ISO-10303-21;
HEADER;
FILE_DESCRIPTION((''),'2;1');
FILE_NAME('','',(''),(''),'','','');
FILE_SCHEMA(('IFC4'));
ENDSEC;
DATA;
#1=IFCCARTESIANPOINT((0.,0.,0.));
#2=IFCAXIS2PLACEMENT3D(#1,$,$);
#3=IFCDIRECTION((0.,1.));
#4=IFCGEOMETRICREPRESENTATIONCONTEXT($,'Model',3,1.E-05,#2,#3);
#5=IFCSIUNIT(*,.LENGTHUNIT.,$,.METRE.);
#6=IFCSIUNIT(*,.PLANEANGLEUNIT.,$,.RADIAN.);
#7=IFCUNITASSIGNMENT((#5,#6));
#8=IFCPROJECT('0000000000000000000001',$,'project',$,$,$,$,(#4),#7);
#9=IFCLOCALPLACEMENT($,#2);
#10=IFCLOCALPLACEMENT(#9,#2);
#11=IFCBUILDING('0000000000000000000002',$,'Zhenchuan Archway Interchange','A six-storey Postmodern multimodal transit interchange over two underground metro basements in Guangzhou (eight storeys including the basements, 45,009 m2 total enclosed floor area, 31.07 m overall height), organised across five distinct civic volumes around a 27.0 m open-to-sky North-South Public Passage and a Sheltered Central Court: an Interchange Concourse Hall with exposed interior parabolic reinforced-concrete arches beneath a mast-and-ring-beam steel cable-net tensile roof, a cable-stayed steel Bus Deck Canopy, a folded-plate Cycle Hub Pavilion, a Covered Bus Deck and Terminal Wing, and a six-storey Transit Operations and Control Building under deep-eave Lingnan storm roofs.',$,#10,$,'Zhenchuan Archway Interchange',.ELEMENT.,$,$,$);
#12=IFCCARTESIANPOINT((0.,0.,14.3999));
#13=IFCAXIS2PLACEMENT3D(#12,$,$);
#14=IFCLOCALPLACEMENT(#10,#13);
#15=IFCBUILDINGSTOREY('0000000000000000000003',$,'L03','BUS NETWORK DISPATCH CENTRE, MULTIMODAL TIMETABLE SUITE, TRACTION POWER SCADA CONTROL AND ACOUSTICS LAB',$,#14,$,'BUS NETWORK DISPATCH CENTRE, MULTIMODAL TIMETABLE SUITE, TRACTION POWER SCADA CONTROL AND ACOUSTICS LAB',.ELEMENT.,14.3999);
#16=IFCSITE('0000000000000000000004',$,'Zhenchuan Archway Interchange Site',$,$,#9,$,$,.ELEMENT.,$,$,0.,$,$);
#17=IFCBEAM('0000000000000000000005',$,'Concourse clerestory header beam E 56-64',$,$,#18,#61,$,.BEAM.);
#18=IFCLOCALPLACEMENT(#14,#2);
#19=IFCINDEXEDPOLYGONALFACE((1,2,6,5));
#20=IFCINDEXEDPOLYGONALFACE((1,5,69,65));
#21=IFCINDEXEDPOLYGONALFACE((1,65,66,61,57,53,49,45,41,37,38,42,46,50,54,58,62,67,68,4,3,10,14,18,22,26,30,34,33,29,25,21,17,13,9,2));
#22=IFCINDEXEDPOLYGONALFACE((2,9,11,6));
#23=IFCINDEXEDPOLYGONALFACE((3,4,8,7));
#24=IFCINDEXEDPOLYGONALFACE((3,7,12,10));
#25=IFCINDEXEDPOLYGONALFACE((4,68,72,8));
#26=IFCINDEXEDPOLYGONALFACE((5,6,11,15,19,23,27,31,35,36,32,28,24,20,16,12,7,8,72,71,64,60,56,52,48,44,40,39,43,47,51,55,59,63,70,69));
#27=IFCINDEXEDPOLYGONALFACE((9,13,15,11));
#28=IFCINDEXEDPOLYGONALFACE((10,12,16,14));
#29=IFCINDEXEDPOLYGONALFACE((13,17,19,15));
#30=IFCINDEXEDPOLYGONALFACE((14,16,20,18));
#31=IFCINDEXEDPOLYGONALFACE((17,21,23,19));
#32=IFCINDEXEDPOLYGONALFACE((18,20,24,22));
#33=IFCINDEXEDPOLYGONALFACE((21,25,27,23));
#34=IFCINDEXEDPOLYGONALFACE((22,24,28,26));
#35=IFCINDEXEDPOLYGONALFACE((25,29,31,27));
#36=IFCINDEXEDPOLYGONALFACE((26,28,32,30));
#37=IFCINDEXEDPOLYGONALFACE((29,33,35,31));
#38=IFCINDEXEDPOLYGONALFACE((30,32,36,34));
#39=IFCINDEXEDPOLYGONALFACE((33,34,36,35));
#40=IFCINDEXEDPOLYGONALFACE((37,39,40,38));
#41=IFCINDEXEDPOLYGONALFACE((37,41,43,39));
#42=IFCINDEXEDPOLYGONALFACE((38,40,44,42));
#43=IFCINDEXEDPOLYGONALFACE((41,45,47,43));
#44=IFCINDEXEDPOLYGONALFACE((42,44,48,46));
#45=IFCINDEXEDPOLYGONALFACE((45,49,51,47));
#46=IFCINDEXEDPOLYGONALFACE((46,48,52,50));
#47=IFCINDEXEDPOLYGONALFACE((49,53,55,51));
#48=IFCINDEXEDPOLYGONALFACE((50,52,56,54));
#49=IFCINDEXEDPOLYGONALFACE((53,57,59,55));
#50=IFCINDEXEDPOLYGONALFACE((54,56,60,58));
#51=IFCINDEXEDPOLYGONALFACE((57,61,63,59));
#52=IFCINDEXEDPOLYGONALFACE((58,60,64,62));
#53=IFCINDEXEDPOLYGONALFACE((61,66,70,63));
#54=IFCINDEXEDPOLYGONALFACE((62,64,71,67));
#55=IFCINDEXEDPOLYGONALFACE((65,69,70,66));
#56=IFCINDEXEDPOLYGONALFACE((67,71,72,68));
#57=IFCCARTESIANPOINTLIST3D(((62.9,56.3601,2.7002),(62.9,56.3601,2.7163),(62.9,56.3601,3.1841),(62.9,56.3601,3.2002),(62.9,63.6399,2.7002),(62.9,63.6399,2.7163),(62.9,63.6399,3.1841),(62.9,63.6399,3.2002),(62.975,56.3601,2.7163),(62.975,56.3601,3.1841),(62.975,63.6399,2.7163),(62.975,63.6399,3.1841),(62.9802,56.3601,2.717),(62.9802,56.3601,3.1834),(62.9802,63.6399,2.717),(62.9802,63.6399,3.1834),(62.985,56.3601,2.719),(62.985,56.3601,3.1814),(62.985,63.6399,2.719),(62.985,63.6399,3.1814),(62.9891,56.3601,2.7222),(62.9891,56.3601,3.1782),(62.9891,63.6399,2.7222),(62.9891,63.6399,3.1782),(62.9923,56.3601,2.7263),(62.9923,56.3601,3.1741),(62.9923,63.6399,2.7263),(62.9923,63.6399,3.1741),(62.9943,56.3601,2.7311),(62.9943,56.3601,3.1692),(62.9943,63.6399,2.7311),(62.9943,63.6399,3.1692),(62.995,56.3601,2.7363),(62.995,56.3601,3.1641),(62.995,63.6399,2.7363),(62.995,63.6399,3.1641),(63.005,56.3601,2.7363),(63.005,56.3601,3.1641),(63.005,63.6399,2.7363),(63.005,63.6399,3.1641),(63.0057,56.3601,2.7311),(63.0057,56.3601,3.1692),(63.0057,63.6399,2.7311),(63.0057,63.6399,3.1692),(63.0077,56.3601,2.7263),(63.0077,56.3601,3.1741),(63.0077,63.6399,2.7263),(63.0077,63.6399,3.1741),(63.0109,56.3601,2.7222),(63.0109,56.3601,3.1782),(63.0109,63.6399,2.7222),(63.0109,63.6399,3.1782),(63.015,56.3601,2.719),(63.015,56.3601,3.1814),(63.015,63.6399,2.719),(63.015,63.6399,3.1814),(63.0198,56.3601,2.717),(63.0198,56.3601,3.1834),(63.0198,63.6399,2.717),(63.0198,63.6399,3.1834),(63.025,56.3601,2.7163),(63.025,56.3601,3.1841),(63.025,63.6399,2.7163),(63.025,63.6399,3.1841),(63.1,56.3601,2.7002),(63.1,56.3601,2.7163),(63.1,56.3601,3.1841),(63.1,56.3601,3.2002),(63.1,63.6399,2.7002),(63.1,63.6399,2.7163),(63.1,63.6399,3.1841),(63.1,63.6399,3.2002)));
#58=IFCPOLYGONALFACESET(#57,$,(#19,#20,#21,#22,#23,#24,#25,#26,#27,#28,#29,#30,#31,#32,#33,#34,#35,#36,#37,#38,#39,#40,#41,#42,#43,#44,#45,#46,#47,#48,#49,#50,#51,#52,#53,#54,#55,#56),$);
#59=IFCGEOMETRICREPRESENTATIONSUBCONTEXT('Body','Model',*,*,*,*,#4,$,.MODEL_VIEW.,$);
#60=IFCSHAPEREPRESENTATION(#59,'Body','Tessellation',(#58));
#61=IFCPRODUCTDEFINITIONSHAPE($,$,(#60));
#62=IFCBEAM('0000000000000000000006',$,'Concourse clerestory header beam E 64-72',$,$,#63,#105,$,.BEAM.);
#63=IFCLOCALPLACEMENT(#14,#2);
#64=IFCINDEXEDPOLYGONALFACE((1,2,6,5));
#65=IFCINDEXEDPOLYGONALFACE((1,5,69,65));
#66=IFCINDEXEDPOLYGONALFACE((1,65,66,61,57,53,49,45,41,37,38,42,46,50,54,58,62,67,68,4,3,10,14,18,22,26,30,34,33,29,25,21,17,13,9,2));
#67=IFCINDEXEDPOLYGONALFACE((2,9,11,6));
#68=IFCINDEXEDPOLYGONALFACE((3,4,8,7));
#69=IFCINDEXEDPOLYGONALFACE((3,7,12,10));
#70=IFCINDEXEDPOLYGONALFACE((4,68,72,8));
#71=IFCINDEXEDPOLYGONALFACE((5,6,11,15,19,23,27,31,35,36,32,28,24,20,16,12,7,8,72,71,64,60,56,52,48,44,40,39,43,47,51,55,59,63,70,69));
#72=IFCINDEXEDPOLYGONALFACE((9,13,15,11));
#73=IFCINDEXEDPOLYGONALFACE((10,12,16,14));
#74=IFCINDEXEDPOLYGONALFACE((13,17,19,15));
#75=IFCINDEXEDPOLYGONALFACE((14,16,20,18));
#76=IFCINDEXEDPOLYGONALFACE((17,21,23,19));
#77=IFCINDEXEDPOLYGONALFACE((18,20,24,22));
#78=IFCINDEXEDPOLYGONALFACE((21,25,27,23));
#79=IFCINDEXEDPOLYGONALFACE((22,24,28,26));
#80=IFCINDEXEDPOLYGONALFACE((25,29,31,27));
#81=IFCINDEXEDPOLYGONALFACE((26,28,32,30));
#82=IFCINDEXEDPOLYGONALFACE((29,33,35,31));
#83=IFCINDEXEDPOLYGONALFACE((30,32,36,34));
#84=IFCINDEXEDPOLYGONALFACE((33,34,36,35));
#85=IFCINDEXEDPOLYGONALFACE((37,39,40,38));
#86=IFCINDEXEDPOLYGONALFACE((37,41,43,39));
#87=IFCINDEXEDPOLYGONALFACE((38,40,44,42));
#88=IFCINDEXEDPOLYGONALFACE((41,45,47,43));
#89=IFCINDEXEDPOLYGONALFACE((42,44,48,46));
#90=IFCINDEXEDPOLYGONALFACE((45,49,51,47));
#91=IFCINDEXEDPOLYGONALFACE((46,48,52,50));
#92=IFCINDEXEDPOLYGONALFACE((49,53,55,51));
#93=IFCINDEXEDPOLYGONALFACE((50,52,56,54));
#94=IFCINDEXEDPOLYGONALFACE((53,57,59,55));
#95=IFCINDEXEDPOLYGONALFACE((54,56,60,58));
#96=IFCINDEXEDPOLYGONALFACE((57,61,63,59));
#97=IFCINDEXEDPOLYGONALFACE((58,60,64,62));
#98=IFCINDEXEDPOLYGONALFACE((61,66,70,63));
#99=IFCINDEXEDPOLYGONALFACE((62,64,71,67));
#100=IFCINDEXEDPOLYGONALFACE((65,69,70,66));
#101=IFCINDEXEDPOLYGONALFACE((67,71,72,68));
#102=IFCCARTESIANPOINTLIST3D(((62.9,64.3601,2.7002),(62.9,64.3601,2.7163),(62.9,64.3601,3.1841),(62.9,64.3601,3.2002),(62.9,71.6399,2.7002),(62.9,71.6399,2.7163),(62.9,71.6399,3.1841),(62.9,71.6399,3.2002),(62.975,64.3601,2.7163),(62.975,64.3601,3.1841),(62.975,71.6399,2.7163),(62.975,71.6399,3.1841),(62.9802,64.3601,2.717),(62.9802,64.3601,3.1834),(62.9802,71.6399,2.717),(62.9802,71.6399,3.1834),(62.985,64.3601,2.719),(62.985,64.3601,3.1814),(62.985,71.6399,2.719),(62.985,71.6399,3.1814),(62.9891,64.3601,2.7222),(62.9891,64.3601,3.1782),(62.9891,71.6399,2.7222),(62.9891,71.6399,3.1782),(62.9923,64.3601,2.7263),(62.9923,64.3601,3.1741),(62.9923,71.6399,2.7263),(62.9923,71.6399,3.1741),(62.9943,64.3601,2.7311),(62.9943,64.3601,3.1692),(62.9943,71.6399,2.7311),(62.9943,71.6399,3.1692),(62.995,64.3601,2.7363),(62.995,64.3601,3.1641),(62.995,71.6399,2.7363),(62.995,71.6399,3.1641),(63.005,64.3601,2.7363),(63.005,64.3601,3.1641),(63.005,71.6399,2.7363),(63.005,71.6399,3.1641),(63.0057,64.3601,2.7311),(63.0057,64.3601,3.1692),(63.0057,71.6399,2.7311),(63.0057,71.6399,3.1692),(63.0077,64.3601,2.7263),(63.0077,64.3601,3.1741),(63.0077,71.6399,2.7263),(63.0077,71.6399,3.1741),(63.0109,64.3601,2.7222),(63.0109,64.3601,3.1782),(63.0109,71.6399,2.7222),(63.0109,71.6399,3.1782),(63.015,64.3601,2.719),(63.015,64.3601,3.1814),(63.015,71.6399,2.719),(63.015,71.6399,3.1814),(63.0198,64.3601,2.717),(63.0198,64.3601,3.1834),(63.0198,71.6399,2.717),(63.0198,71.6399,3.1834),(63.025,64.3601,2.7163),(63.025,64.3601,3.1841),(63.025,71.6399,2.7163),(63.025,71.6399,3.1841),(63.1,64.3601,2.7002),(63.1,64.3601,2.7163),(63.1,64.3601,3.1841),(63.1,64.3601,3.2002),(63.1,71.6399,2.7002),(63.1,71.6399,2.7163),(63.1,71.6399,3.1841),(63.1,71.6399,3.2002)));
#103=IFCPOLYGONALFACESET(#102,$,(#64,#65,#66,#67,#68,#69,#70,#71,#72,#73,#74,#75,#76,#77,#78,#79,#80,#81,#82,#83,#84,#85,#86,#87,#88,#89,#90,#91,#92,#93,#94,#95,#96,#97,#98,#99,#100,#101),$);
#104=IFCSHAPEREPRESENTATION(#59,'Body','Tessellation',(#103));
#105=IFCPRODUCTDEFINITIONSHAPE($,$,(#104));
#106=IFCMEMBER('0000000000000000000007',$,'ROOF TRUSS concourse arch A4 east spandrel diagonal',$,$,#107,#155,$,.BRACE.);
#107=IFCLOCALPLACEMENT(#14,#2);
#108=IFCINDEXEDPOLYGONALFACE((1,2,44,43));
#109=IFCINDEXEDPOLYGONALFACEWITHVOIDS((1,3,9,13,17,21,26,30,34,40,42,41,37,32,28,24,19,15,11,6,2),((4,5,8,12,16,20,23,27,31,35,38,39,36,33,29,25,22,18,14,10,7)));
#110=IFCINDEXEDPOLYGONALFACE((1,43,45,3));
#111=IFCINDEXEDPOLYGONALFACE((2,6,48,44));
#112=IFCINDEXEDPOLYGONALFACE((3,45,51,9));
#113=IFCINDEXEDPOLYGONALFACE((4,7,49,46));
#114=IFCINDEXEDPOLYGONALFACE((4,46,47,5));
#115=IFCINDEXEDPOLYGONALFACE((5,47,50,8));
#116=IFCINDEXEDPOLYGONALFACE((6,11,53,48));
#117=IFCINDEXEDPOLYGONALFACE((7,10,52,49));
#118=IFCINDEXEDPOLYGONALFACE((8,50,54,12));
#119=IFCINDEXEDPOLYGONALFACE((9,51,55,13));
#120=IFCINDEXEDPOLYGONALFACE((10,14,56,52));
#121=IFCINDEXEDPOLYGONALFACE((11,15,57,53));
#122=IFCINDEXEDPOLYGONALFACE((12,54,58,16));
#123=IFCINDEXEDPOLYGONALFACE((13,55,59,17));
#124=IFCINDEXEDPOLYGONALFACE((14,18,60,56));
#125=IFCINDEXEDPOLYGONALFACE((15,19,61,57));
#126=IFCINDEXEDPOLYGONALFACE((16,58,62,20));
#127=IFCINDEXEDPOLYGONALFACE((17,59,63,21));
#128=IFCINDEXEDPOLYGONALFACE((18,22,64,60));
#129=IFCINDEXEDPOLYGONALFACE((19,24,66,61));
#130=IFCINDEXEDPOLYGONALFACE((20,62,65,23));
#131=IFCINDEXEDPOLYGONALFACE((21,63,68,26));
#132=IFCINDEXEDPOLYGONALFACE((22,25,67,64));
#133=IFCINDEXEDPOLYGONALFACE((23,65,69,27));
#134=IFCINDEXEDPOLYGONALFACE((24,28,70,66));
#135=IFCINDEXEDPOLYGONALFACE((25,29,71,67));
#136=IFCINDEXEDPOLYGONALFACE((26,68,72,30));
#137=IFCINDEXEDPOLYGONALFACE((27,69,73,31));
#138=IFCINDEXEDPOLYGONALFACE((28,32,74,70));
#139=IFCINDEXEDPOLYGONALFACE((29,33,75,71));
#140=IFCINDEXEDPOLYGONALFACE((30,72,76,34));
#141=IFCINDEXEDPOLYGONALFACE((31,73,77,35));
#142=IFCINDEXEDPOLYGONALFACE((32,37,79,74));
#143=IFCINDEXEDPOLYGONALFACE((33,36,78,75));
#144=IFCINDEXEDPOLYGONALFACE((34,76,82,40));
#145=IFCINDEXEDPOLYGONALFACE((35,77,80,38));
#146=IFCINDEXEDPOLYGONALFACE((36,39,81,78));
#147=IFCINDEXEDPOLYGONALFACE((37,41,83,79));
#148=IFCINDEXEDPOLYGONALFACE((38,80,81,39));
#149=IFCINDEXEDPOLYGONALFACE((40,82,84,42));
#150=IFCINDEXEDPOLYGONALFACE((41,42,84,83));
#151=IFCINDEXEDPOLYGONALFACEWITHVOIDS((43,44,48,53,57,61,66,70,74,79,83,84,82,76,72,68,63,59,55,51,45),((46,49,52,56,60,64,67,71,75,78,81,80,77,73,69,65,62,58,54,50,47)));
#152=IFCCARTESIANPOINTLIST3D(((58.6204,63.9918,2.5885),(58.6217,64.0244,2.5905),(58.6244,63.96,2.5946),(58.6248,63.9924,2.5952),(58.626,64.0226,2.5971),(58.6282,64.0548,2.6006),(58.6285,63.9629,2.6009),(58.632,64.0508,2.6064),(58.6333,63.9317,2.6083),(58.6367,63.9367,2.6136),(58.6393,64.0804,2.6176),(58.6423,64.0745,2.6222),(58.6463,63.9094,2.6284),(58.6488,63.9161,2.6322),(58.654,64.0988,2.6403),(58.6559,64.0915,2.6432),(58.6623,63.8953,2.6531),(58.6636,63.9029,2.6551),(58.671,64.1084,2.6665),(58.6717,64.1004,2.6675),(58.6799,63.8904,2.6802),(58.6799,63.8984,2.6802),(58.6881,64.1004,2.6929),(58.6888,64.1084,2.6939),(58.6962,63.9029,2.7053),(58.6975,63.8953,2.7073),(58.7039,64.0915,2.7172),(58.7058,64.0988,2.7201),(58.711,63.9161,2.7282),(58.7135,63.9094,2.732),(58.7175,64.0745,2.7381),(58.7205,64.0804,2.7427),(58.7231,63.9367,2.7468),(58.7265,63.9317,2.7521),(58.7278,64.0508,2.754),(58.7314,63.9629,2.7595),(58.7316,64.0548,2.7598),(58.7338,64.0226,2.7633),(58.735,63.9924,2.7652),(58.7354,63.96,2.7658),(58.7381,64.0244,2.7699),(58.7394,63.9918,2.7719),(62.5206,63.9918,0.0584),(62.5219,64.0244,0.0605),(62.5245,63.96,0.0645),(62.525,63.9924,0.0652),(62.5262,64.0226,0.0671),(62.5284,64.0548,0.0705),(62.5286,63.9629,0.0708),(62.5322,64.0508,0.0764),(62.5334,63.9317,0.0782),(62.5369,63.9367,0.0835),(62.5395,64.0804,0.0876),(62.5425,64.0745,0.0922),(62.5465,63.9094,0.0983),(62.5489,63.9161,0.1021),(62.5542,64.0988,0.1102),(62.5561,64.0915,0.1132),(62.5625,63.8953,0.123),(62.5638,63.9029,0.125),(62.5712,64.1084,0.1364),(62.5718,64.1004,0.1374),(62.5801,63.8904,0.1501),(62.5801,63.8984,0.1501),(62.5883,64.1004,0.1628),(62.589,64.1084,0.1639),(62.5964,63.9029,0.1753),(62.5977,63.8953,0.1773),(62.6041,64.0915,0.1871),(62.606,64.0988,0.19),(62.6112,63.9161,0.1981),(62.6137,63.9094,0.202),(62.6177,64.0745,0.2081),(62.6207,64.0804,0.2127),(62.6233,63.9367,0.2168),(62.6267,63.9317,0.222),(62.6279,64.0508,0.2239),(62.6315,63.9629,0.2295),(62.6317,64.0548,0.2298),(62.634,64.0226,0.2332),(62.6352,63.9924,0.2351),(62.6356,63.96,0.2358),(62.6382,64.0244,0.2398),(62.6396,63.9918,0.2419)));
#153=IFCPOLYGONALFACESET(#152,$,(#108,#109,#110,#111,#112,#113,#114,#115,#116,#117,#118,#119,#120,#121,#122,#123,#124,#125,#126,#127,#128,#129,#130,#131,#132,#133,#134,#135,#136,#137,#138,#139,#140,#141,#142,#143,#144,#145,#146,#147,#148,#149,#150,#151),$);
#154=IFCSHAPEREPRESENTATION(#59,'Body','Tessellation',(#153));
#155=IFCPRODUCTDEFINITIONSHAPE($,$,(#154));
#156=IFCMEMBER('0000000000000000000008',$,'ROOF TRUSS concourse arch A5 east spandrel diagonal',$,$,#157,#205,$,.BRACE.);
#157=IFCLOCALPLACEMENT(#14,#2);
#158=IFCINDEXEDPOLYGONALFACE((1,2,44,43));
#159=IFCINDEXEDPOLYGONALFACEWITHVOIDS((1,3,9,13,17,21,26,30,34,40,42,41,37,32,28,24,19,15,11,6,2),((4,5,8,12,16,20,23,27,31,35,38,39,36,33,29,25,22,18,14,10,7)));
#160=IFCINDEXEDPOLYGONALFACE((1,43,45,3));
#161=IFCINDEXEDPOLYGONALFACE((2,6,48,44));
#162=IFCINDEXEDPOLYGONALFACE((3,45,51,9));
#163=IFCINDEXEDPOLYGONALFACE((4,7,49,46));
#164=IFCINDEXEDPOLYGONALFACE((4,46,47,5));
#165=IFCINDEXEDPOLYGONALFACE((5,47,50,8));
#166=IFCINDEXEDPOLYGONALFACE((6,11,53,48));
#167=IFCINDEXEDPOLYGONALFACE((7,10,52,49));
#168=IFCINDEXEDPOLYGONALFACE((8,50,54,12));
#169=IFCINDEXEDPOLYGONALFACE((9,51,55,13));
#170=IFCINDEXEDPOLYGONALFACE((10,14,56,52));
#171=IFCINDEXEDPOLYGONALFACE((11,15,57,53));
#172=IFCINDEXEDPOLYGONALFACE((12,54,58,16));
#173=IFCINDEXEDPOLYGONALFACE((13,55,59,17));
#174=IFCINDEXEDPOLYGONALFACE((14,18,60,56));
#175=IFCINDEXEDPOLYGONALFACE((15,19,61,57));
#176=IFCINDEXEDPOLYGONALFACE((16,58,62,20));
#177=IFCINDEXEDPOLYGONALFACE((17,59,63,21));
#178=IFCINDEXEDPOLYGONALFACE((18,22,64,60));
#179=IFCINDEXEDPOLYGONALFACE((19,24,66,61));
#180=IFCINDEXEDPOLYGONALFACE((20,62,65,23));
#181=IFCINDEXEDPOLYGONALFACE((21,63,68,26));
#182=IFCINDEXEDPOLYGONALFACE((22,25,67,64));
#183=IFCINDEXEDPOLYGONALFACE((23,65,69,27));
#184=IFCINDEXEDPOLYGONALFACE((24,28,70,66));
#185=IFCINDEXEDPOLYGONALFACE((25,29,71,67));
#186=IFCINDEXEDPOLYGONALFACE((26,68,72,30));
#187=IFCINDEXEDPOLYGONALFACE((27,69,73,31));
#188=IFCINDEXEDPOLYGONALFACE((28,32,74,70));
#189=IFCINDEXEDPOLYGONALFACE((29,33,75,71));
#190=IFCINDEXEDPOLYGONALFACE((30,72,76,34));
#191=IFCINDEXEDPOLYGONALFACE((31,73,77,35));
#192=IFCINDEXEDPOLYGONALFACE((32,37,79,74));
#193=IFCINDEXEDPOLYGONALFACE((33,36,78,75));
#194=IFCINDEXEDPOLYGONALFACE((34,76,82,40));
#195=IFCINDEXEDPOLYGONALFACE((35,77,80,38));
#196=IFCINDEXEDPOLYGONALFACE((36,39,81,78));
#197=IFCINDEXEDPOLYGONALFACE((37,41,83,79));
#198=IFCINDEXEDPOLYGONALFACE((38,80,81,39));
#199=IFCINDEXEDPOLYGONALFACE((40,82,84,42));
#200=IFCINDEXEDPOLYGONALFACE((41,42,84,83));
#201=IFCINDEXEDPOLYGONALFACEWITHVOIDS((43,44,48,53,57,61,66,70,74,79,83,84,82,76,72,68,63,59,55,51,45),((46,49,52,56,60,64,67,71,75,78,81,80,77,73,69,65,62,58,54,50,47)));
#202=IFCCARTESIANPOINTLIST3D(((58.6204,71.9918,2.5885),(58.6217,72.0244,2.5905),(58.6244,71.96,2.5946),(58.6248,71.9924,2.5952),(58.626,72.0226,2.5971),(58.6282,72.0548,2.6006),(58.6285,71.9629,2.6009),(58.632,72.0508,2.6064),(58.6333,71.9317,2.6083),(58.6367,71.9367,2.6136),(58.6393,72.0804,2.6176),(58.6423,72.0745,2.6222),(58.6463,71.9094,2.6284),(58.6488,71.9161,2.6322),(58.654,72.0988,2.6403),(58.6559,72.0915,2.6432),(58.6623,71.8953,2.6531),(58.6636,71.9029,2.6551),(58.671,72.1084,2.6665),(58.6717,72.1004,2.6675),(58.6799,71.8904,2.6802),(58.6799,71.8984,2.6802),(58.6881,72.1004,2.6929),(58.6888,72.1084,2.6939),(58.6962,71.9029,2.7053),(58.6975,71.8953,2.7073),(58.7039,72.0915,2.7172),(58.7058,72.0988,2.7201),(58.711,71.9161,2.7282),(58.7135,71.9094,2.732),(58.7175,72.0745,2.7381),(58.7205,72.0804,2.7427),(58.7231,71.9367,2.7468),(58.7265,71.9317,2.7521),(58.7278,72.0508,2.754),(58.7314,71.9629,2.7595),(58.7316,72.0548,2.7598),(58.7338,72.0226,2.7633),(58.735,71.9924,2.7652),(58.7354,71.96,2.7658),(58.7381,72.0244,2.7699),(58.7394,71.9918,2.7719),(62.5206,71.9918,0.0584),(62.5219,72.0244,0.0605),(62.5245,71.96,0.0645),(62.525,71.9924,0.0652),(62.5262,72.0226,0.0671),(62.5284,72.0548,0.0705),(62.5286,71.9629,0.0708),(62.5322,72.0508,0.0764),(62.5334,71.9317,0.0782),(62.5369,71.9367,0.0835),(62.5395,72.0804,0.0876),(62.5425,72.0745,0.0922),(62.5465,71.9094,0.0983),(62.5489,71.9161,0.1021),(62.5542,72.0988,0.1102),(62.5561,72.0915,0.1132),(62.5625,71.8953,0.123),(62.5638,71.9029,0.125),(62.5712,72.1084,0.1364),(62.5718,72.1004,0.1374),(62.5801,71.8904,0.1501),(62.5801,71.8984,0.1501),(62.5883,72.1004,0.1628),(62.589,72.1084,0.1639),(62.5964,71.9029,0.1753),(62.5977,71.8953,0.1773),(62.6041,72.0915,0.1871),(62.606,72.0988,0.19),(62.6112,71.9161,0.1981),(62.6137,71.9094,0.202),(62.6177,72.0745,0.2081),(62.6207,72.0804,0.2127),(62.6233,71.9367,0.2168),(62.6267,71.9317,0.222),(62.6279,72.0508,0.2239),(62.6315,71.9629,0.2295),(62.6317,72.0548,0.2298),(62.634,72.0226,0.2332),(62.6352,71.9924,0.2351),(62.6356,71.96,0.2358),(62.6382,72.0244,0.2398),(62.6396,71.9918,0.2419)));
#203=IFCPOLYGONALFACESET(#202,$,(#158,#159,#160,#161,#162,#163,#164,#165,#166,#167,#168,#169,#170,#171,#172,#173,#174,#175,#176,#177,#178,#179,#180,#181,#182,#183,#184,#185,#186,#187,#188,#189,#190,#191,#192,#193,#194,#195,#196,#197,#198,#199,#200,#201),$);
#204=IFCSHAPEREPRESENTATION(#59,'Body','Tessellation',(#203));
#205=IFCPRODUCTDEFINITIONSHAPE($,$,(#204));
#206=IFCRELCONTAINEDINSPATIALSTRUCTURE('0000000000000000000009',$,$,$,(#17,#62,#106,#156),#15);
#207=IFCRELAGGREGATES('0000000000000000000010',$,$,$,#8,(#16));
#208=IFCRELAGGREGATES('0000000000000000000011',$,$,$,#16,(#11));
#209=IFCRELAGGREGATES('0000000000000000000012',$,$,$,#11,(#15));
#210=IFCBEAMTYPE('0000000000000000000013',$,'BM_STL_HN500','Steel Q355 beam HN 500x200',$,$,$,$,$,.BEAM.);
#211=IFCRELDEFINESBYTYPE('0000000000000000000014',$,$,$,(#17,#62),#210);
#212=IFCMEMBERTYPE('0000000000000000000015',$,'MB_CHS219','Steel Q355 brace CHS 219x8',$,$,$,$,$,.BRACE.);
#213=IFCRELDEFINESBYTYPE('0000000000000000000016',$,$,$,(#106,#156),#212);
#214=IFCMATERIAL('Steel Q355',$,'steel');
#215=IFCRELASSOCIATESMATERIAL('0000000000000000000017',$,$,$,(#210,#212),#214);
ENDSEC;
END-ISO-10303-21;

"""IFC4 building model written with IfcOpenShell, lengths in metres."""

from ifc_helpers import new_model, si_unit, direction, frame, origin, origin_2d, place, context, subcontext, project, spatial, hollow_circle, i_section, extrude, material, material_profile, profile_set, type_object, element, save


model = new_model("IFC4")

# Units and contexts
model_context = context("Model", 3, precision=1e-05, world=origin(), true_north=direction((0.0, 1.0)))
body_context = subcontext(model_context, "Body", "Model", "MODEL_VIEW")
ifc_project = project(units=[si_unit("LENGTHUNIT", "METRE"), si_unit("PLANEANGLEUNIT", "RADIAN")], contexts=[model_context])

# Site, building, storey
site_placement = place(None, origin())
site = spatial("IfcSite", under=ifc_project, at=site_placement, Name="Zhenchuan Archway Interchange Site", CompositionType="ELEMENT", RefElevation=0.0)
building_placement = place(site_placement, origin())
building = spatial("IfcBuilding", under=site, at=building_placement, Name="Zhenchuan Archway Interchange", Description="A six-storey Postmodern multimodal transit interchange over two underground metro basements in Guangzhou (eight storeys including the basements, 45,009 m2 total enclosed floor area, 31.07 m overall height), organised across five distinct civic volumes around a 27.0 m open-to-sky North-South Public Passage and a Sheltered Central Court: an Interchange Concourse Hall with exposed interior parabolic reinforced-concrete arches beneath a mast-and-ring-beam steel cable-net tensile roof, a cable-stayed steel Bus Deck Canopy, a folded-plate Cycle Hub Pavilion, a Covered Bus Deck and Terminal Wing, and a six-storey Transit Operations and Control Building under deep-eave Lingnan storm roofs.", LongName="Zhenchuan Archway Interchange", CompositionType="ELEMENT")
storey_placement = place(building_placement, frame((0.0, 0.0, 14.3999)))
storey = spatial("IfcBuildingStorey", under=building, at=storey_placement, Name="L03", Description="BUS NETWORK DISPATCH CENTRE, MULTIMODAL TIMETABLE SUITE, TRACTION POWER SCADA CONTROL AND ACOUSTICS LAB", LongName="BUS NETWORK DISPATCH CENTRE, MULTIMODAL TIMETABLE SUITE, TRACTION POWER SCADA CONTROL AND ACOUSTICS LAB", CompositionType="ELEMENT", Elevation=14.3999)

# Beams
ifc_material_1 = material(Name="Steel Q355", Category="steel")
ifc_material_profile_1 = material_profile(ifc_material_1, i_section(OverallWidth=0.2, OverallDepth=0.5, WebThickness=0.01, FlangeThickness=0.0161, FilletRadius=0.02, at=origin_2d()), Name="HN 500x200")
ifc_profile_set_1 = profile_set([ifc_material_profile_1], Name="Steel Q355")
beam_type_1 = type_object("IfcBeamType", Name="BM_STL_HN500", Description="Steel Q355 beam HN 500x200", PredefinedType="BEAM", material=ifc_profile_set_1)
for number, where, z_axis, x_axis, name in (
    (1, (63.0, 56.3601, 2.9502), (0.0, 1.0, 0.0), (-1.0, 0.0, 0.0), "Concourse clerestory header beam E 56-64"),
    (2, (63.0, 64.3601, 2.9502), (0.0, 1.0, 0.0), (-1.0, 0.0, 0.0), "Concourse clerestory header beam E 64-72"),
):
    element("IfcBeam", number, at=place(storey_placement, frame(where, z_axis=z_axis, x_axis=x_axis)), inside=storey, type_object=beam_type_1, Name=name, PredefinedType="BEAM", context=body_context, shape_type="SweptSolid", body=[
        extrude(i_section(OverallWidth=0.2, OverallDepth=0.5, WebThickness=0.01, FlangeThickness=0.0161, FilletRadius=0.02, at=origin_2d()), origin(), (0.0, 0.0, 1.0), 7.2798),
    ])

# Members
ifc_material_profile_2 = material_profile(ifc_material_1, hollow_circle(Radius=0.1096, WallThickness=0.0081, at=origin_2d()), Name="CHS 219x8")
ifc_profile_set_2 = profile_set([ifc_material_profile_2], Name="Steel Q355")
member_type_1 = type_object("IfcMemberType", Name="MB_CHS219", Description="Steel Q355 brace CHS 219x8", PredefinedType="BRACE", material=ifc_profile_set_2)
for number, where, z_axis, x_axis, name in (
    (3, (62.5801, 64.0, 0.1501), (-0.838941, 0.0, 0.544222), (0.0, -1.0, 0.0), "ROOF TRUSS concourse arch A4 east spandrel diagonal"),
    (4, (62.5801, 72.0, 0.1501), (-0.838941, 0.0, 0.544222), (0.0, -1.0, 0.0), "ROOF TRUSS concourse arch A5 east spandrel diagonal"),
):
    element("IfcMember", number, at=place(storey_placement, frame(where, z_axis=z_axis, x_axis=x_axis)), inside=storey, type_object=member_type_1, Name=name, PredefinedType="BRACE", context=body_context, shape_type="SweptSolid", body=[
        extrude(hollow_circle(Radius=0.1096, WallThickness=0.0081, at=origin_2d()), origin(), (0.0, 0.0, 1.0), 4.6489),
    ])

save(model, "model.ifc")
